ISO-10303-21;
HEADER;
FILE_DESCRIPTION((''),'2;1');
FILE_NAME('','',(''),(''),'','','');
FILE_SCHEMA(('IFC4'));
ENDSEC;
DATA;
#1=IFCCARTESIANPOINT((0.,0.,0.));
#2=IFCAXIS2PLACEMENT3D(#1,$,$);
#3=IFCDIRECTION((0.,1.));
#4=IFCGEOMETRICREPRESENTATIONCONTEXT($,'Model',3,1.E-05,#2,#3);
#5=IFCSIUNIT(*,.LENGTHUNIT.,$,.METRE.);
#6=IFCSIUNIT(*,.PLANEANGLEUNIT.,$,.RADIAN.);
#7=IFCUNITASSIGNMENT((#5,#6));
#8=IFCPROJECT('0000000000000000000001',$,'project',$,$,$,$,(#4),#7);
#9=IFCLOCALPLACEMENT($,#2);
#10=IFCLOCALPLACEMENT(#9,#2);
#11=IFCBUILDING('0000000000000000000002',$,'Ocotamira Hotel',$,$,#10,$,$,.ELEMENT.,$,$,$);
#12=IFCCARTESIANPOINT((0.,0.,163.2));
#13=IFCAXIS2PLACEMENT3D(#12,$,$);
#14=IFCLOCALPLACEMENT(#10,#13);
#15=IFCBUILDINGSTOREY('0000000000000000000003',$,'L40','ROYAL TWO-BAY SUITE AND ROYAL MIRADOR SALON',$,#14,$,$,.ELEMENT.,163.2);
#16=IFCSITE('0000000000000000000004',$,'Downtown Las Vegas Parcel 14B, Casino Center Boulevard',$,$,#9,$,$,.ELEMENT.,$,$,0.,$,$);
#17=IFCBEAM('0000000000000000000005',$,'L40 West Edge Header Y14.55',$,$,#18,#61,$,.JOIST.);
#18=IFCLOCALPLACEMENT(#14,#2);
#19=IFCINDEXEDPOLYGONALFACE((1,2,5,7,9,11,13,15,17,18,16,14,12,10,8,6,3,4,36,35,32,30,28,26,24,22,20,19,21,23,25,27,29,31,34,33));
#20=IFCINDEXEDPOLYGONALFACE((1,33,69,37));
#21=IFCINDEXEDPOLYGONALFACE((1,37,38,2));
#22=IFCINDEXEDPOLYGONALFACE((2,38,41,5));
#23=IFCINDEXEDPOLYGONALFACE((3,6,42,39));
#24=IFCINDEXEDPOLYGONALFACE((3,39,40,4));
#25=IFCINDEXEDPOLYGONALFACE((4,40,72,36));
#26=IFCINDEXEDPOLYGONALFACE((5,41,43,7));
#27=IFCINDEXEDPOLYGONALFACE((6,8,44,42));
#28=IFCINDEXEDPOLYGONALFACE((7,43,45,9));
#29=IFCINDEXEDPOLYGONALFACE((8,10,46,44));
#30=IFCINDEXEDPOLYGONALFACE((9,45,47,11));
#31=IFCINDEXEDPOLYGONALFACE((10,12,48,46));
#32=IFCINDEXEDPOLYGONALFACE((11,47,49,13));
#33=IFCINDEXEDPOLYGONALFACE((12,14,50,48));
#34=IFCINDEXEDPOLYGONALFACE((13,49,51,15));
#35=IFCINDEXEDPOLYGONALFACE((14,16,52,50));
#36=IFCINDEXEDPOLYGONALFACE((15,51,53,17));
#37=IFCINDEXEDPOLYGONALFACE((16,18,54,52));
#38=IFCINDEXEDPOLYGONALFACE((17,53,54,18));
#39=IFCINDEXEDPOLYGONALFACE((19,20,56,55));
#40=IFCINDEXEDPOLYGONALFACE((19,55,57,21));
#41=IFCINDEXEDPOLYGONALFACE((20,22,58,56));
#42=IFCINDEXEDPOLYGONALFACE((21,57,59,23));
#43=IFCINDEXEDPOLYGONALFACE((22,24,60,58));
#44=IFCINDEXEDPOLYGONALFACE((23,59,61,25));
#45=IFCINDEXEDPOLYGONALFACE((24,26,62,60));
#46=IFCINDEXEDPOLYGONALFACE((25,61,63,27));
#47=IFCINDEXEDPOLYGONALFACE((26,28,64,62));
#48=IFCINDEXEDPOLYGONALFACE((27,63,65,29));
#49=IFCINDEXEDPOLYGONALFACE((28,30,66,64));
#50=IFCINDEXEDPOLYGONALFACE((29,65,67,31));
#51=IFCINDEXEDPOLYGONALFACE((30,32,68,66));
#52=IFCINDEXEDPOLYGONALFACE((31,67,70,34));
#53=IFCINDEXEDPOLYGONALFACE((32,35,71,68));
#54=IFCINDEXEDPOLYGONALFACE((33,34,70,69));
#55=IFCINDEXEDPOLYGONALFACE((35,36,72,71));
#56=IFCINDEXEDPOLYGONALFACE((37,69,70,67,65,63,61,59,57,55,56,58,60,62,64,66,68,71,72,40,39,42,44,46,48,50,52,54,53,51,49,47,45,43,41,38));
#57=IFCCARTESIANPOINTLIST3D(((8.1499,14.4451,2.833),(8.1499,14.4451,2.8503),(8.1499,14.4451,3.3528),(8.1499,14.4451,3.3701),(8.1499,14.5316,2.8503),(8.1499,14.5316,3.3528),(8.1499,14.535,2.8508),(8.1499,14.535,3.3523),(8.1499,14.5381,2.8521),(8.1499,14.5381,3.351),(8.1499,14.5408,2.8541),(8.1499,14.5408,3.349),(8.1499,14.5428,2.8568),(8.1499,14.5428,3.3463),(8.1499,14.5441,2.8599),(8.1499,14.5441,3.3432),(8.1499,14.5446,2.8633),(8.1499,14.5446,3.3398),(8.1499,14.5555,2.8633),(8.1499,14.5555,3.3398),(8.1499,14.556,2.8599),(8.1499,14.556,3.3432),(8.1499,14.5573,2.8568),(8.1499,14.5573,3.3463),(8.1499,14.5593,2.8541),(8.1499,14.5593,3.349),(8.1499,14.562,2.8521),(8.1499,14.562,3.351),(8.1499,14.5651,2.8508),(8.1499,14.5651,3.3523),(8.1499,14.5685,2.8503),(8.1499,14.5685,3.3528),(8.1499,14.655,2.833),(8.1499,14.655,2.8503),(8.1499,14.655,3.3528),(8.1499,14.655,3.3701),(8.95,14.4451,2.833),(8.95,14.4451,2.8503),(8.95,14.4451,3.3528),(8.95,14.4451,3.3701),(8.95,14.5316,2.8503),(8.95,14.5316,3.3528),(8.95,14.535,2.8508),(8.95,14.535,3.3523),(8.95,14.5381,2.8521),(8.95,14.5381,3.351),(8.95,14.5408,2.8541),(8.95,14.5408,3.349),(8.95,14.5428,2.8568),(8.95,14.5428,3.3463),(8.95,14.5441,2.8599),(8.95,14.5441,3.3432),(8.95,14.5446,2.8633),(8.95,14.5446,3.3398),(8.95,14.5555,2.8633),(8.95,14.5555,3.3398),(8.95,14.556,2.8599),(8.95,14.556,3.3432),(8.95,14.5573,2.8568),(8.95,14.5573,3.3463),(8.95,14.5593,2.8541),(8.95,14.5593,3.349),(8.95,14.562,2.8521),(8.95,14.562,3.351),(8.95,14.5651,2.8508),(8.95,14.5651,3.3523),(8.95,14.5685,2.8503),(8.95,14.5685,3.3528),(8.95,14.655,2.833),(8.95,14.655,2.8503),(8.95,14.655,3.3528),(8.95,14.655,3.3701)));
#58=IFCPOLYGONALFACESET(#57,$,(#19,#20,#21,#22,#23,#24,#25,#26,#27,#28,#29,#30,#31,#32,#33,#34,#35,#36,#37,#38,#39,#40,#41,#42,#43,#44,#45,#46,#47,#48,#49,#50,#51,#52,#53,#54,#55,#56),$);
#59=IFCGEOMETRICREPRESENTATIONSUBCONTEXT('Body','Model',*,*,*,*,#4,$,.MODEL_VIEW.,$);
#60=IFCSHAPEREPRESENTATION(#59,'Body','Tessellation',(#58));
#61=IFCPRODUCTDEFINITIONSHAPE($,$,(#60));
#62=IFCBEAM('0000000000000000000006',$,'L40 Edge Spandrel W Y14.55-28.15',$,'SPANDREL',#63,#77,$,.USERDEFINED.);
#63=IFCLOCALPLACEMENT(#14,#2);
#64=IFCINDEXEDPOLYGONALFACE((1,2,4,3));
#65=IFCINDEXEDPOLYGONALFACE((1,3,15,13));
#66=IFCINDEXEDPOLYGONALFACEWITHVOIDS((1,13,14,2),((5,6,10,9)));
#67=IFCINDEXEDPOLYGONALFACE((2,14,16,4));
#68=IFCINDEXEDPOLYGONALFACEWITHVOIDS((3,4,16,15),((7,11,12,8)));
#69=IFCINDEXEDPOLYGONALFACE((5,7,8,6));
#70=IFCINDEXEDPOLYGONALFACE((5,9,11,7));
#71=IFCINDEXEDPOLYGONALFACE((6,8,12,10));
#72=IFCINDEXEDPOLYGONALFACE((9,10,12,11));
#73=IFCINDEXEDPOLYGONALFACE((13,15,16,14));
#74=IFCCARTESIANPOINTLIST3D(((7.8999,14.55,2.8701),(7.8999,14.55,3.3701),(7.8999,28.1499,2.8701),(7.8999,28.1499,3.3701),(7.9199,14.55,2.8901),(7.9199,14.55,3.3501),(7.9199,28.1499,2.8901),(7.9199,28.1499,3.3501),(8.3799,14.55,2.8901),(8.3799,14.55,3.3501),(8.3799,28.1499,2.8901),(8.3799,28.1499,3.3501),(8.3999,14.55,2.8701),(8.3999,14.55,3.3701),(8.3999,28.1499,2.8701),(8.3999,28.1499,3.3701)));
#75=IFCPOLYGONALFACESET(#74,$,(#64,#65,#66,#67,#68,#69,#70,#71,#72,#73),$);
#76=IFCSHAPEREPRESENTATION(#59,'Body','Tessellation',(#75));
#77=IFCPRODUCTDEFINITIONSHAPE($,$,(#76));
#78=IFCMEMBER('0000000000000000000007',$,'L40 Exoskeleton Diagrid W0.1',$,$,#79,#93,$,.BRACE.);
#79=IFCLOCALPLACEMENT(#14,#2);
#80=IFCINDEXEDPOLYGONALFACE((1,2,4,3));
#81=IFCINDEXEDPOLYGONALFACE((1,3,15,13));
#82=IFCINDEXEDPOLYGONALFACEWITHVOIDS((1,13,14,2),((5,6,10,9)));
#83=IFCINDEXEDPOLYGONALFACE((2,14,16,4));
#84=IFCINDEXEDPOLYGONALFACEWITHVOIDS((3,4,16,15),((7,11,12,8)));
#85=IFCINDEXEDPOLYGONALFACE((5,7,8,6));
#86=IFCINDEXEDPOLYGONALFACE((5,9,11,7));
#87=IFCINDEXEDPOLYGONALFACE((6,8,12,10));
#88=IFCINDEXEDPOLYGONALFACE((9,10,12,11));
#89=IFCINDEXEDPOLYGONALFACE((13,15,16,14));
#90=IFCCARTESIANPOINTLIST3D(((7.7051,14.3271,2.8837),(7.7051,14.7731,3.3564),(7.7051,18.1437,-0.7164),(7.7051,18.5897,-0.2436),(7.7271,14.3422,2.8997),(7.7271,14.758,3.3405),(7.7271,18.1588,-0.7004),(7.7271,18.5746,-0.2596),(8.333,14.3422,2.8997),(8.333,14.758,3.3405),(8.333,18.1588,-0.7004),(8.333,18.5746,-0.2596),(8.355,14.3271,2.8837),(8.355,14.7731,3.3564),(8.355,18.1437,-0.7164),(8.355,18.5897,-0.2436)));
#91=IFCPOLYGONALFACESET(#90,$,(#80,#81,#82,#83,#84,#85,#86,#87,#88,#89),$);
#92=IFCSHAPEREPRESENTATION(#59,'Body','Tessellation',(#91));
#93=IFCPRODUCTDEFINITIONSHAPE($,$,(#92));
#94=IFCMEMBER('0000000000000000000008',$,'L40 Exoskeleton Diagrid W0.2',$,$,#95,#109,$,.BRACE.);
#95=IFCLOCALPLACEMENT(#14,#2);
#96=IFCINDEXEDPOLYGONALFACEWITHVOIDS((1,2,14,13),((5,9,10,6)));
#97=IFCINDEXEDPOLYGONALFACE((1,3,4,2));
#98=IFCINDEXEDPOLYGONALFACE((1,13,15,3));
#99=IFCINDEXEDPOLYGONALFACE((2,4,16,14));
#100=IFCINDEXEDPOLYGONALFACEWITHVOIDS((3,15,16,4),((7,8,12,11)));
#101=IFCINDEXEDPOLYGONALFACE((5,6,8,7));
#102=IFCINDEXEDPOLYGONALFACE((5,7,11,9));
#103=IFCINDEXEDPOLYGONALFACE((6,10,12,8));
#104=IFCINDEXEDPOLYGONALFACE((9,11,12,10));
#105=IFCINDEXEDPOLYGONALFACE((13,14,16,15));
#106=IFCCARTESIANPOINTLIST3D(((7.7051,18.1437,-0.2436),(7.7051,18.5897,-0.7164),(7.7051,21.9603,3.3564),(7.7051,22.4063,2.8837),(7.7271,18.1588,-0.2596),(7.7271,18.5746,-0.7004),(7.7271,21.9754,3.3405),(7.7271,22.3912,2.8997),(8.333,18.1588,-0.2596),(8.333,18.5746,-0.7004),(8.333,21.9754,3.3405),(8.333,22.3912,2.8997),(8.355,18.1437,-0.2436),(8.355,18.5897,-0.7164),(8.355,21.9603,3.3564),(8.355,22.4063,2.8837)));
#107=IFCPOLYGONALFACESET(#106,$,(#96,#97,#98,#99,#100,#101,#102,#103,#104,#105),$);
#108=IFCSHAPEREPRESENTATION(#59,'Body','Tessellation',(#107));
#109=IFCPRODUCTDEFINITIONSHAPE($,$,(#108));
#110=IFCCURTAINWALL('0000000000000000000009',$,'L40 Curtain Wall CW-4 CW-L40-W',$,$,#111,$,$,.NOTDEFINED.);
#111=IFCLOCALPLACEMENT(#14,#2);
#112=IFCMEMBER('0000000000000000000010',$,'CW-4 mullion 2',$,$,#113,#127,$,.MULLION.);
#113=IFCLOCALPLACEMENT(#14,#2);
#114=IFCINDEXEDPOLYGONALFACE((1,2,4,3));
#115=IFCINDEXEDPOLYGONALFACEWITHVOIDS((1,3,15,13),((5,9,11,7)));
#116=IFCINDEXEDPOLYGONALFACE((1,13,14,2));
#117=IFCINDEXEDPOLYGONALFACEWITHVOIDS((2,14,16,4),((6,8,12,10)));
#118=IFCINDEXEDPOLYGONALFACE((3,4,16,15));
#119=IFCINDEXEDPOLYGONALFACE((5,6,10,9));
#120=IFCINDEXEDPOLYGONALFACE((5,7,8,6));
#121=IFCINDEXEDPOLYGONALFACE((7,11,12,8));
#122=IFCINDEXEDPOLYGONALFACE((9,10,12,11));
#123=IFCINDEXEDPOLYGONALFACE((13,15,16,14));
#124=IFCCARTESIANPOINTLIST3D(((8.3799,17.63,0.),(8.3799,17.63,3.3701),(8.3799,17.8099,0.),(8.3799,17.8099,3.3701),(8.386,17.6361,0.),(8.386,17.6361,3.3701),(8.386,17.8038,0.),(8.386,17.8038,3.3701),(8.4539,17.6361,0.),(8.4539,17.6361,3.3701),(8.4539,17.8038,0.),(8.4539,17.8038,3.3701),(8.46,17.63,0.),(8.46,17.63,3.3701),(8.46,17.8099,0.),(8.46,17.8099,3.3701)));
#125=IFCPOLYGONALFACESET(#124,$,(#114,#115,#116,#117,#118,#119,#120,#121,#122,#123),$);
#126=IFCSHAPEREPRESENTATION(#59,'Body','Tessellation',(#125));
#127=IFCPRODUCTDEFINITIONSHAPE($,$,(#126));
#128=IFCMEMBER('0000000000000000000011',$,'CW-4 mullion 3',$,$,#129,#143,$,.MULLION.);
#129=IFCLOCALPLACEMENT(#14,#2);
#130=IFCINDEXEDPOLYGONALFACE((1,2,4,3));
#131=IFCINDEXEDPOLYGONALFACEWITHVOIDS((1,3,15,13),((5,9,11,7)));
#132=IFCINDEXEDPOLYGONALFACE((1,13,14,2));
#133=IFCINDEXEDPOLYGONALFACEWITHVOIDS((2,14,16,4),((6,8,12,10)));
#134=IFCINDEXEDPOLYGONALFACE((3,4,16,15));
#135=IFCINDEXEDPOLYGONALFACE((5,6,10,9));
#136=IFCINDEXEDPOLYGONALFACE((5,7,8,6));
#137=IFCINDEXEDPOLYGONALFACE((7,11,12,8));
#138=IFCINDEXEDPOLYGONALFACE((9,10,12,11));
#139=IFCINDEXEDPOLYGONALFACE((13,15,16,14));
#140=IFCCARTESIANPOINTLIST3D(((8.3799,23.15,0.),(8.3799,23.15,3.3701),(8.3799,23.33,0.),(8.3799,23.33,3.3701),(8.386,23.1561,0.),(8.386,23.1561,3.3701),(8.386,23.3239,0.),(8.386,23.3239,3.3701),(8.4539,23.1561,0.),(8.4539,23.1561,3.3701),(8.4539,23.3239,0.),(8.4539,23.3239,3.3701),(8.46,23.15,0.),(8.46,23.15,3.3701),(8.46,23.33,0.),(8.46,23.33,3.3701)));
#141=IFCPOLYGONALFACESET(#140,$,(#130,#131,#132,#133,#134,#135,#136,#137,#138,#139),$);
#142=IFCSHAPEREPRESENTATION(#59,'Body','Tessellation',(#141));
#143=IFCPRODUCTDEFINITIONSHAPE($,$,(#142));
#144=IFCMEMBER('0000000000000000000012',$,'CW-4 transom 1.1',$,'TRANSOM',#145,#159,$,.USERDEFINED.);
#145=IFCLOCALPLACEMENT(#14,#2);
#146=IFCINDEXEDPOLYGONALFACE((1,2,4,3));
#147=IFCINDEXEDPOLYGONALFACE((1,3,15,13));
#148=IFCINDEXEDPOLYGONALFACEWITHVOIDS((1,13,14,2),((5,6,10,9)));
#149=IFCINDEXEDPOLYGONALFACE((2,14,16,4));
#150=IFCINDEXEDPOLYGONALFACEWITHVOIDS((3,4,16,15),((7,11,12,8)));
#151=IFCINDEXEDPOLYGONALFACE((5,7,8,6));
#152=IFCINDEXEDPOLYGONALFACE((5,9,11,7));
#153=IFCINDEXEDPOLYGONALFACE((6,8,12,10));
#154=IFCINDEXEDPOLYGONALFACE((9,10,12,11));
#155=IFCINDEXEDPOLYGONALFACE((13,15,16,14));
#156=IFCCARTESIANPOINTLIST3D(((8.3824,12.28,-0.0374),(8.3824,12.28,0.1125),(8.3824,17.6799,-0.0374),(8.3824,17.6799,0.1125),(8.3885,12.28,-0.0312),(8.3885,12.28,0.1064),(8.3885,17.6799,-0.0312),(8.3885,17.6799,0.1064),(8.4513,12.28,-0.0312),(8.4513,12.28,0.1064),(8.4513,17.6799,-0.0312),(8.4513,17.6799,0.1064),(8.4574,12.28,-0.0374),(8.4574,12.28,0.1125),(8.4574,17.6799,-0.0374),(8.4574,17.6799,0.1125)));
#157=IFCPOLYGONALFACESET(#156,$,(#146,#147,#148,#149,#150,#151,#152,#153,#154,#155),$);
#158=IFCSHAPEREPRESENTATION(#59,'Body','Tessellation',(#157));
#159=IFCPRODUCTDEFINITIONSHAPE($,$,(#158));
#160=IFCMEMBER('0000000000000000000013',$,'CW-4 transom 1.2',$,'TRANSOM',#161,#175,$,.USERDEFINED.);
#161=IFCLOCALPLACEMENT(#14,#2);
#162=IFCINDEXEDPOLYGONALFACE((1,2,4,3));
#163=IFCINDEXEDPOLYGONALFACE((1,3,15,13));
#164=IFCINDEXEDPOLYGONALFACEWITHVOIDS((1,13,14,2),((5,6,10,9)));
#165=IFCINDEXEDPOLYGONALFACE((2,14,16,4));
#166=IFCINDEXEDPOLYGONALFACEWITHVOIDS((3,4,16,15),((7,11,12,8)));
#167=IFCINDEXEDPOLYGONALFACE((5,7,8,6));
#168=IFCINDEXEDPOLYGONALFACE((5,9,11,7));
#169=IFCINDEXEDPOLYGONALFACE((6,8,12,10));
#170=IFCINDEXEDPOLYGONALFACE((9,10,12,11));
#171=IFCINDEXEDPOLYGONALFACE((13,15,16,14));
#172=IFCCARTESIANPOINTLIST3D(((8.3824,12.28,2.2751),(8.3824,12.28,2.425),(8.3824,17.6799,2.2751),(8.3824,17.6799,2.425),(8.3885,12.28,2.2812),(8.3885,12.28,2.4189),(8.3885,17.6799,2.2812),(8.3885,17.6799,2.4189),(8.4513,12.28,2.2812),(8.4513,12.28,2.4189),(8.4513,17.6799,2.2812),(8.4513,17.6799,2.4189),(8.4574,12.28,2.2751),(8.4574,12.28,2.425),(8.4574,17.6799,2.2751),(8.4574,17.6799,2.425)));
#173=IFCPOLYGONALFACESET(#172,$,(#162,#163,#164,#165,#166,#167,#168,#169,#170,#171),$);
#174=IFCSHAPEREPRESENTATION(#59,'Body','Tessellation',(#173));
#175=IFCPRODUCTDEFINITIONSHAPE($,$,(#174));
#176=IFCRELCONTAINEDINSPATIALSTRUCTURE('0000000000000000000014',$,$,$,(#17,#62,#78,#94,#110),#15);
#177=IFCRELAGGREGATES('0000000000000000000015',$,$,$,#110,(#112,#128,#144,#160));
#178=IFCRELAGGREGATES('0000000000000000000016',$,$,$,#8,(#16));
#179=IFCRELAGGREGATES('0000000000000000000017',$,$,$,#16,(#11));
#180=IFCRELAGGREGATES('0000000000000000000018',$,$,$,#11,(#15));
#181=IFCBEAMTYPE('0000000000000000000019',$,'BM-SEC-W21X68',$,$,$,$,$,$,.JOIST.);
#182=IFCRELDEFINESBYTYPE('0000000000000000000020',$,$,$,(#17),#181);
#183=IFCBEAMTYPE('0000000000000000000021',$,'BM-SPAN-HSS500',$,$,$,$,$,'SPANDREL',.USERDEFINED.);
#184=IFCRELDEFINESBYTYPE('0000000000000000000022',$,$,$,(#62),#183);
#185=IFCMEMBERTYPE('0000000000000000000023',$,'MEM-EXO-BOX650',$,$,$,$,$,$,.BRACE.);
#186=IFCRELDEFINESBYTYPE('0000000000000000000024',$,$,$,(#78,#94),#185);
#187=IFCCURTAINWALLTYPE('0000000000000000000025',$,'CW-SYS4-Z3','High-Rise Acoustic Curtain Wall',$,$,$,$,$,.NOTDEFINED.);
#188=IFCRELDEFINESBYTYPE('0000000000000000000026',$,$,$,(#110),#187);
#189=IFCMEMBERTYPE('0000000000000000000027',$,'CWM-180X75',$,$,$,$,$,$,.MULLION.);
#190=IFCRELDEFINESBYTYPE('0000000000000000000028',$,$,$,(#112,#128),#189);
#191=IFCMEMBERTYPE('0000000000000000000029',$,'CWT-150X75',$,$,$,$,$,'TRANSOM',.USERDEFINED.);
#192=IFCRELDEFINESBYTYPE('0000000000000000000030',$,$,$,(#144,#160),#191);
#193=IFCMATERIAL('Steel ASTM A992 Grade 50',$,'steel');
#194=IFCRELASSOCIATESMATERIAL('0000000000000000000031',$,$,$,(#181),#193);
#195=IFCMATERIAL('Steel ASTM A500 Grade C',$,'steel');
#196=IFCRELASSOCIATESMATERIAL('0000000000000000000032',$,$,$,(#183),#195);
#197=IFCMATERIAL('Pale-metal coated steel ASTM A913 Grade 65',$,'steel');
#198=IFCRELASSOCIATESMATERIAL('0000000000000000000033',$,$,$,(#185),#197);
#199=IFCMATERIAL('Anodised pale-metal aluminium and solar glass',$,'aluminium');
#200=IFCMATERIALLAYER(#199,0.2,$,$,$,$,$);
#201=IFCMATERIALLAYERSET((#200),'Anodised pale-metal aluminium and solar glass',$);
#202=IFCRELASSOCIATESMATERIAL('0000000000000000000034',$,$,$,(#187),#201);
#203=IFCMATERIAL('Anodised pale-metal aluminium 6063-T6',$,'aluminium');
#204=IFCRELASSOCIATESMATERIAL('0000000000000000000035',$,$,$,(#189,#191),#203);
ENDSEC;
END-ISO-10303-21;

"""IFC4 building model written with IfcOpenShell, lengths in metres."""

from ifc_helpers import new_model, si_unit, direction, frame, origin, origin_2d, place, context, subcontext, project, spatial, hollow_rectangle, i_section, extrude, source, transform, mapped, material, layer, layer_set, material_profile, profile_set, type_object, element, aggregate, save


model = new_model("IFC4")

# Units and contexts
model_context = context("Model", 3, precision=1e-05, world=origin(), true_north=direction((0.0, 1.0)))
body_context = subcontext(model_context, "Body", "Model", "MODEL_VIEW")
ifc_project = project(units=[si_unit("LENGTHUNIT", "METRE"), si_unit("PLANEANGLEUNIT", "RADIAN")], contexts=[model_context])

# Site, building, storey
site_placement = place(None, origin())
site = spatial("IfcSite", under=ifc_project, at=site_placement, Name="Downtown Las Vegas Parcel 14B, Casino Center Boulevard", CompositionType="ELEMENT", RefElevation=0.0)
building_placement = place(site_placement, origin())
building = spatial("IfcBuilding", under=site, at=building_placement, Name="Ocotamira Hotel", CompositionType="ELEMENT")
storey_placement = place(building_placement, frame((0.0, 0.0, 163.2)))
storey = spatial("IfcBuildingStorey", under=building, at=storey_placement, Name="L40", Description="ROYAL TWO-BAY SUITE AND ROYAL MIRADOR SALON", CompositionType="ELEMENT", Elevation=163.2)

# Beams
ifc_material_1 = material(Name="Steel ASTM A992 Grade 50", Category="steel")
ifc_material_profile_1 = material_profile(ifc_material_1, i_section(OverallWidth=0.21, OverallDepth=0.5371, WebThickness=0.011, FlangeThickness=0.0173, FilletRadius=0.0129, at=origin_2d()), Name="W21X68")
ifc_profile_set_1 = profile_set([ifc_material_profile_1], Name="Steel ASTM A992 Grade 50")
beam_type_1 = type_object("IfcBeamType", Name="BM-SEC-W21X68", PredefinedType="JOIST", material=ifc_profile_set_1)
shared_shape_1 = source(origin(), body_context, "Body", "SweptSolid", [
    extrude(i_section(OverallWidth=0.21, OverallDepth=0.5371, WebThickness=0.011, FlangeThickness=0.0173, FilletRadius=0.0129, at=origin_2d()), origin(), (0.0, 0.0, 1.0), 0.8),
])
beam_1_placement = place(storey_placement, frame((8.95, 14.55, 3.1016), z_axis=(-1.0, 0.0, 0.0), x_axis=(0.0, -1.0, 0.0)))
element("IfcBeam", 1, at=beam_1_placement, inside=storey, type_object=beam_type_1, Name="L40 West Edge Header Y14.55", PredefinedType="JOIST", context=body_context, shape_type="MappedRepresentation", body=[
    mapped(shared_shape_1, transform((0.0, 0.0, 0.0), scale=1.0)),
])
ifc_material_2 = material(Name="Steel ASTM A500 Grade C", Category="steel")
ifc_material_profile_2 = material_profile(ifc_material_2, hollow_rectangle(XDim=0.5, YDim=0.5, WallThickness=0.02, at=origin_2d()), Name="HSS500X500X20")
ifc_profile_set_2 = profile_set([ifc_material_profile_2], Name="Steel ASTM A500 Grade C")
beam_type_2 = type_object("IfcBeamType", Name="BM-SPAN-HSS500", ElementType="SPANDREL", PredefinedType="USERDEFINED", material=ifc_profile_set_2)
shared_shape_2 = source(origin(), body_context, "Body", "SweptSolid", [
    extrude(hollow_rectangle(XDim=0.5, YDim=0.5, WallThickness=0.02, at=origin_2d()), origin(), (0.0, 0.0, 1.0), 13.5999),
])
beam_2_placement = place(storey_placement, frame((8.1499, 14.55, 3.1201), z_axis=(0.0, 1.0, 0.0), x_axis=(-1.0, 0.0, 0.0)))
element("IfcBeam", 2, at=beam_2_placement, inside=storey, type_object=beam_type_2, Name="L40 Edge Spandrel W Y14.55-28.15", ObjectType="SPANDREL", PredefinedType="USERDEFINED", context=body_context, shape_type="MappedRepresentation", body=[
    mapped(shared_shape_2, transform((0.0, 0.0, 0.0), scale=1.0)),
])

# Members
ifc_material_3 = material(Name="Pale-metal coated steel ASTM A913 Grade 65", Category="steel")
ifc_material_profile_3 = material_profile(ifc_material_3, hollow_rectangle(XDim=0.6499, YDim=0.6499, WallThickness=0.022, at=origin_2d()), Name="BOX650X650X22")
ifc_profile_set_3 = profile_set([ifc_material_profile_3], Name="Pale-metal coated steel ASTM A913 Grade 65")
member_type_1 = type_object("IfcMemberType", Name="MEM-EXO-BOX650", PredefinedType="BRACE", material=ifc_profile_set_3)
shared_shape_3 = source(origin(), body_context, "Body", "SweptSolid", [
    extrude(hollow_rectangle(XDim=0.6499, YDim=0.6499, WallThickness=0.022, at=origin_2d()), origin(), (0.0, 0.0, 1.0), 5.2466),
])
for number, where, z_axis, x_axis, name in (
    (3, (8.03, 18.3667, -0.48), (0.0, -0.727443, 0.686168), (1.0, 0.0, 0.0), "L40 Exoskeleton Diagrid W0.1"),
    (4, (8.03, 18.3667, -0.48), (0.0, 0.727443, 0.686168), (-1.0, 0.0, 0.0), "L40 Exoskeleton Diagrid W0.2"),
):
    element("IfcMember", number, at=place(storey_placement, frame(where, z_axis=z_axis, x_axis=x_axis)), inside=storey, type_object=member_type_1, Name=name, PredefinedType="BRACE", context=body_context, shape_type="MappedRepresentation", body=[
        mapped(shared_shape_3, transform((0.0, 0.0, 0.0), scale=1.0)),
    ])

# Curtain wall, members
ifc_material_4 = material(Name="Anodised pale-metal aluminium and solar glass", Category="aluminium")
ifc_layer_1 = layer(ifc_material_4, 0.2)
ifc_layer_set_1 = layer_set([ifc_layer_1], Name="Anodised pale-metal aluminium and solar glass")
curtain_wall_type = type_object("IfcCurtainWallType", Name="CW-SYS4-Z3", Description="High-Rise Acoustic Curtain Wall", PredefinedType="NOTDEFINED", material=ifc_layer_set_1)
curtain_wall_placement = place(storey_placement, origin())
curtain_wall = element("IfcCurtainWall", 5, at=curtain_wall_placement, inside=storey, type_object=curtain_wall_type, Name="L40 Curtain Wall CW-4 CW-L40-W", PredefinedType="NOTDEFINED")
ifc_material_5 = material(Name="Anodised pale-metal aluminium 6063-T6", Category="aluminium")
ifc_material_profile_4 = material_profile(ifc_material_5, hollow_rectangle(XDim=0.0801, YDim=0.1799, WallThickness=0.0061, at=origin_2d()), Name="HSS180X80X6")
ifc_profile_set_4 = profile_set([ifc_material_profile_4], Name="Anodised pale-metal aluminium 6063-T6")
member_type_2 = type_object("IfcMemberType", Name="CWM-180X75", PredefinedType="MULLION", material=ifc_profile_set_4)
shared_shape_4 = source(origin(), body_context, "Body", "SweptSolid", [
    extrude(hollow_rectangle(XDim=0.0801, YDim=0.1799, WallThickness=0.0061, at=origin_2d()), origin(), (0.0, 0.0, 1.0), 3.3701),
])
member_1_placement = place(storey_placement, frame((8.4199, 17.72, 0.0), z_axis=(0.0, 0.0, 1.0), x_axis=(-1.0, 0.0, 0.0)))
member_1 = element("IfcMember", 6, at=member_1_placement, type_object=member_type_2, Name="CW-4 mullion 2", PredefinedType="MULLION", context=body_context, shape_type="MappedRepresentation", body=[
    mapped(shared_shape_4, transform((0.0, 0.0, 0.0), scale=1.0)),
])
member_2_placement = place(storey_placement, frame((8.4199, 23.24, 0.0), z_axis=(0.0, 0.0, 1.0), x_axis=(-1.0, 0.0, 0.0)))
member_2 = element("IfcMember", 7, at=member_2_placement, type_object=member_type_2, Name="CW-4 mullion 3", PredefinedType="MULLION", context=body_context, shape_type="MappedRepresentation", body=[
    mapped(shared_shape_4, transform((0.0, 0.0, 0.0), scale=1.0)),
])
ifc_material_profile_5 = material_profile(ifc_material_5, hollow_rectangle(XDim=0.075, YDim=0.1499, WallThickness=0.0061, at=origin_2d()), Name="HSS150X75X6")
ifc_profile_set_5 = profile_set([ifc_material_profile_5], Name="Anodised pale-metal aluminium 6063-T6")
member_type_3 = type_object("IfcMemberType", Name="CWT-150X75", ElementType="TRANSOM", PredefinedType="USERDEFINED", material=ifc_profile_set_5)
shared_shape_5 = source(origin(), body_context, "Body", "SweptSolid", [
    extrude(hollow_rectangle(XDim=0.075, YDim=0.1499, WallThickness=0.0061, at=origin_2d()), origin(), (0.0, 0.0, 1.0), 5.3999),
])
member_3_placement = place(storey_placement, frame((8.4199, 12.28, 0.0376), z_axis=(0.0, 1.0, 0.0), x_axis=(-1.0, 0.0, 0.0)))
member_3 = element("IfcMember", 8, at=member_3_placement, type_object=member_type_3, Name="CW-4 transom 1.1", ObjectType="TRANSOM", PredefinedType="USERDEFINED", context=body_context, shape_type="MappedRepresentation", body=[
    mapped(shared_shape_5, transform((0.0, 0.0, 0.0), scale=1.0)),
])
member_4_placement = place(storey_placement, frame((8.4199, 12.28, 2.3501), z_axis=(0.0, 1.0, 0.0), x_axis=(-1.0, 0.0, 0.0)))
member_4 = element("IfcMember", 9, at=member_4_placement, type_object=member_type_3, Name="CW-4 transom 1.2", ObjectType="TRANSOM", PredefinedType="USERDEFINED", context=body_context, shape_type="MappedRepresentation", body=[
    mapped(shared_shape_5, transform((0.0, 0.0, 0.0), scale=1.0)),
])

aggregate(curtain_wall, [member_1, member_2, member_3, member_4])

save(model, "model.ifc")
